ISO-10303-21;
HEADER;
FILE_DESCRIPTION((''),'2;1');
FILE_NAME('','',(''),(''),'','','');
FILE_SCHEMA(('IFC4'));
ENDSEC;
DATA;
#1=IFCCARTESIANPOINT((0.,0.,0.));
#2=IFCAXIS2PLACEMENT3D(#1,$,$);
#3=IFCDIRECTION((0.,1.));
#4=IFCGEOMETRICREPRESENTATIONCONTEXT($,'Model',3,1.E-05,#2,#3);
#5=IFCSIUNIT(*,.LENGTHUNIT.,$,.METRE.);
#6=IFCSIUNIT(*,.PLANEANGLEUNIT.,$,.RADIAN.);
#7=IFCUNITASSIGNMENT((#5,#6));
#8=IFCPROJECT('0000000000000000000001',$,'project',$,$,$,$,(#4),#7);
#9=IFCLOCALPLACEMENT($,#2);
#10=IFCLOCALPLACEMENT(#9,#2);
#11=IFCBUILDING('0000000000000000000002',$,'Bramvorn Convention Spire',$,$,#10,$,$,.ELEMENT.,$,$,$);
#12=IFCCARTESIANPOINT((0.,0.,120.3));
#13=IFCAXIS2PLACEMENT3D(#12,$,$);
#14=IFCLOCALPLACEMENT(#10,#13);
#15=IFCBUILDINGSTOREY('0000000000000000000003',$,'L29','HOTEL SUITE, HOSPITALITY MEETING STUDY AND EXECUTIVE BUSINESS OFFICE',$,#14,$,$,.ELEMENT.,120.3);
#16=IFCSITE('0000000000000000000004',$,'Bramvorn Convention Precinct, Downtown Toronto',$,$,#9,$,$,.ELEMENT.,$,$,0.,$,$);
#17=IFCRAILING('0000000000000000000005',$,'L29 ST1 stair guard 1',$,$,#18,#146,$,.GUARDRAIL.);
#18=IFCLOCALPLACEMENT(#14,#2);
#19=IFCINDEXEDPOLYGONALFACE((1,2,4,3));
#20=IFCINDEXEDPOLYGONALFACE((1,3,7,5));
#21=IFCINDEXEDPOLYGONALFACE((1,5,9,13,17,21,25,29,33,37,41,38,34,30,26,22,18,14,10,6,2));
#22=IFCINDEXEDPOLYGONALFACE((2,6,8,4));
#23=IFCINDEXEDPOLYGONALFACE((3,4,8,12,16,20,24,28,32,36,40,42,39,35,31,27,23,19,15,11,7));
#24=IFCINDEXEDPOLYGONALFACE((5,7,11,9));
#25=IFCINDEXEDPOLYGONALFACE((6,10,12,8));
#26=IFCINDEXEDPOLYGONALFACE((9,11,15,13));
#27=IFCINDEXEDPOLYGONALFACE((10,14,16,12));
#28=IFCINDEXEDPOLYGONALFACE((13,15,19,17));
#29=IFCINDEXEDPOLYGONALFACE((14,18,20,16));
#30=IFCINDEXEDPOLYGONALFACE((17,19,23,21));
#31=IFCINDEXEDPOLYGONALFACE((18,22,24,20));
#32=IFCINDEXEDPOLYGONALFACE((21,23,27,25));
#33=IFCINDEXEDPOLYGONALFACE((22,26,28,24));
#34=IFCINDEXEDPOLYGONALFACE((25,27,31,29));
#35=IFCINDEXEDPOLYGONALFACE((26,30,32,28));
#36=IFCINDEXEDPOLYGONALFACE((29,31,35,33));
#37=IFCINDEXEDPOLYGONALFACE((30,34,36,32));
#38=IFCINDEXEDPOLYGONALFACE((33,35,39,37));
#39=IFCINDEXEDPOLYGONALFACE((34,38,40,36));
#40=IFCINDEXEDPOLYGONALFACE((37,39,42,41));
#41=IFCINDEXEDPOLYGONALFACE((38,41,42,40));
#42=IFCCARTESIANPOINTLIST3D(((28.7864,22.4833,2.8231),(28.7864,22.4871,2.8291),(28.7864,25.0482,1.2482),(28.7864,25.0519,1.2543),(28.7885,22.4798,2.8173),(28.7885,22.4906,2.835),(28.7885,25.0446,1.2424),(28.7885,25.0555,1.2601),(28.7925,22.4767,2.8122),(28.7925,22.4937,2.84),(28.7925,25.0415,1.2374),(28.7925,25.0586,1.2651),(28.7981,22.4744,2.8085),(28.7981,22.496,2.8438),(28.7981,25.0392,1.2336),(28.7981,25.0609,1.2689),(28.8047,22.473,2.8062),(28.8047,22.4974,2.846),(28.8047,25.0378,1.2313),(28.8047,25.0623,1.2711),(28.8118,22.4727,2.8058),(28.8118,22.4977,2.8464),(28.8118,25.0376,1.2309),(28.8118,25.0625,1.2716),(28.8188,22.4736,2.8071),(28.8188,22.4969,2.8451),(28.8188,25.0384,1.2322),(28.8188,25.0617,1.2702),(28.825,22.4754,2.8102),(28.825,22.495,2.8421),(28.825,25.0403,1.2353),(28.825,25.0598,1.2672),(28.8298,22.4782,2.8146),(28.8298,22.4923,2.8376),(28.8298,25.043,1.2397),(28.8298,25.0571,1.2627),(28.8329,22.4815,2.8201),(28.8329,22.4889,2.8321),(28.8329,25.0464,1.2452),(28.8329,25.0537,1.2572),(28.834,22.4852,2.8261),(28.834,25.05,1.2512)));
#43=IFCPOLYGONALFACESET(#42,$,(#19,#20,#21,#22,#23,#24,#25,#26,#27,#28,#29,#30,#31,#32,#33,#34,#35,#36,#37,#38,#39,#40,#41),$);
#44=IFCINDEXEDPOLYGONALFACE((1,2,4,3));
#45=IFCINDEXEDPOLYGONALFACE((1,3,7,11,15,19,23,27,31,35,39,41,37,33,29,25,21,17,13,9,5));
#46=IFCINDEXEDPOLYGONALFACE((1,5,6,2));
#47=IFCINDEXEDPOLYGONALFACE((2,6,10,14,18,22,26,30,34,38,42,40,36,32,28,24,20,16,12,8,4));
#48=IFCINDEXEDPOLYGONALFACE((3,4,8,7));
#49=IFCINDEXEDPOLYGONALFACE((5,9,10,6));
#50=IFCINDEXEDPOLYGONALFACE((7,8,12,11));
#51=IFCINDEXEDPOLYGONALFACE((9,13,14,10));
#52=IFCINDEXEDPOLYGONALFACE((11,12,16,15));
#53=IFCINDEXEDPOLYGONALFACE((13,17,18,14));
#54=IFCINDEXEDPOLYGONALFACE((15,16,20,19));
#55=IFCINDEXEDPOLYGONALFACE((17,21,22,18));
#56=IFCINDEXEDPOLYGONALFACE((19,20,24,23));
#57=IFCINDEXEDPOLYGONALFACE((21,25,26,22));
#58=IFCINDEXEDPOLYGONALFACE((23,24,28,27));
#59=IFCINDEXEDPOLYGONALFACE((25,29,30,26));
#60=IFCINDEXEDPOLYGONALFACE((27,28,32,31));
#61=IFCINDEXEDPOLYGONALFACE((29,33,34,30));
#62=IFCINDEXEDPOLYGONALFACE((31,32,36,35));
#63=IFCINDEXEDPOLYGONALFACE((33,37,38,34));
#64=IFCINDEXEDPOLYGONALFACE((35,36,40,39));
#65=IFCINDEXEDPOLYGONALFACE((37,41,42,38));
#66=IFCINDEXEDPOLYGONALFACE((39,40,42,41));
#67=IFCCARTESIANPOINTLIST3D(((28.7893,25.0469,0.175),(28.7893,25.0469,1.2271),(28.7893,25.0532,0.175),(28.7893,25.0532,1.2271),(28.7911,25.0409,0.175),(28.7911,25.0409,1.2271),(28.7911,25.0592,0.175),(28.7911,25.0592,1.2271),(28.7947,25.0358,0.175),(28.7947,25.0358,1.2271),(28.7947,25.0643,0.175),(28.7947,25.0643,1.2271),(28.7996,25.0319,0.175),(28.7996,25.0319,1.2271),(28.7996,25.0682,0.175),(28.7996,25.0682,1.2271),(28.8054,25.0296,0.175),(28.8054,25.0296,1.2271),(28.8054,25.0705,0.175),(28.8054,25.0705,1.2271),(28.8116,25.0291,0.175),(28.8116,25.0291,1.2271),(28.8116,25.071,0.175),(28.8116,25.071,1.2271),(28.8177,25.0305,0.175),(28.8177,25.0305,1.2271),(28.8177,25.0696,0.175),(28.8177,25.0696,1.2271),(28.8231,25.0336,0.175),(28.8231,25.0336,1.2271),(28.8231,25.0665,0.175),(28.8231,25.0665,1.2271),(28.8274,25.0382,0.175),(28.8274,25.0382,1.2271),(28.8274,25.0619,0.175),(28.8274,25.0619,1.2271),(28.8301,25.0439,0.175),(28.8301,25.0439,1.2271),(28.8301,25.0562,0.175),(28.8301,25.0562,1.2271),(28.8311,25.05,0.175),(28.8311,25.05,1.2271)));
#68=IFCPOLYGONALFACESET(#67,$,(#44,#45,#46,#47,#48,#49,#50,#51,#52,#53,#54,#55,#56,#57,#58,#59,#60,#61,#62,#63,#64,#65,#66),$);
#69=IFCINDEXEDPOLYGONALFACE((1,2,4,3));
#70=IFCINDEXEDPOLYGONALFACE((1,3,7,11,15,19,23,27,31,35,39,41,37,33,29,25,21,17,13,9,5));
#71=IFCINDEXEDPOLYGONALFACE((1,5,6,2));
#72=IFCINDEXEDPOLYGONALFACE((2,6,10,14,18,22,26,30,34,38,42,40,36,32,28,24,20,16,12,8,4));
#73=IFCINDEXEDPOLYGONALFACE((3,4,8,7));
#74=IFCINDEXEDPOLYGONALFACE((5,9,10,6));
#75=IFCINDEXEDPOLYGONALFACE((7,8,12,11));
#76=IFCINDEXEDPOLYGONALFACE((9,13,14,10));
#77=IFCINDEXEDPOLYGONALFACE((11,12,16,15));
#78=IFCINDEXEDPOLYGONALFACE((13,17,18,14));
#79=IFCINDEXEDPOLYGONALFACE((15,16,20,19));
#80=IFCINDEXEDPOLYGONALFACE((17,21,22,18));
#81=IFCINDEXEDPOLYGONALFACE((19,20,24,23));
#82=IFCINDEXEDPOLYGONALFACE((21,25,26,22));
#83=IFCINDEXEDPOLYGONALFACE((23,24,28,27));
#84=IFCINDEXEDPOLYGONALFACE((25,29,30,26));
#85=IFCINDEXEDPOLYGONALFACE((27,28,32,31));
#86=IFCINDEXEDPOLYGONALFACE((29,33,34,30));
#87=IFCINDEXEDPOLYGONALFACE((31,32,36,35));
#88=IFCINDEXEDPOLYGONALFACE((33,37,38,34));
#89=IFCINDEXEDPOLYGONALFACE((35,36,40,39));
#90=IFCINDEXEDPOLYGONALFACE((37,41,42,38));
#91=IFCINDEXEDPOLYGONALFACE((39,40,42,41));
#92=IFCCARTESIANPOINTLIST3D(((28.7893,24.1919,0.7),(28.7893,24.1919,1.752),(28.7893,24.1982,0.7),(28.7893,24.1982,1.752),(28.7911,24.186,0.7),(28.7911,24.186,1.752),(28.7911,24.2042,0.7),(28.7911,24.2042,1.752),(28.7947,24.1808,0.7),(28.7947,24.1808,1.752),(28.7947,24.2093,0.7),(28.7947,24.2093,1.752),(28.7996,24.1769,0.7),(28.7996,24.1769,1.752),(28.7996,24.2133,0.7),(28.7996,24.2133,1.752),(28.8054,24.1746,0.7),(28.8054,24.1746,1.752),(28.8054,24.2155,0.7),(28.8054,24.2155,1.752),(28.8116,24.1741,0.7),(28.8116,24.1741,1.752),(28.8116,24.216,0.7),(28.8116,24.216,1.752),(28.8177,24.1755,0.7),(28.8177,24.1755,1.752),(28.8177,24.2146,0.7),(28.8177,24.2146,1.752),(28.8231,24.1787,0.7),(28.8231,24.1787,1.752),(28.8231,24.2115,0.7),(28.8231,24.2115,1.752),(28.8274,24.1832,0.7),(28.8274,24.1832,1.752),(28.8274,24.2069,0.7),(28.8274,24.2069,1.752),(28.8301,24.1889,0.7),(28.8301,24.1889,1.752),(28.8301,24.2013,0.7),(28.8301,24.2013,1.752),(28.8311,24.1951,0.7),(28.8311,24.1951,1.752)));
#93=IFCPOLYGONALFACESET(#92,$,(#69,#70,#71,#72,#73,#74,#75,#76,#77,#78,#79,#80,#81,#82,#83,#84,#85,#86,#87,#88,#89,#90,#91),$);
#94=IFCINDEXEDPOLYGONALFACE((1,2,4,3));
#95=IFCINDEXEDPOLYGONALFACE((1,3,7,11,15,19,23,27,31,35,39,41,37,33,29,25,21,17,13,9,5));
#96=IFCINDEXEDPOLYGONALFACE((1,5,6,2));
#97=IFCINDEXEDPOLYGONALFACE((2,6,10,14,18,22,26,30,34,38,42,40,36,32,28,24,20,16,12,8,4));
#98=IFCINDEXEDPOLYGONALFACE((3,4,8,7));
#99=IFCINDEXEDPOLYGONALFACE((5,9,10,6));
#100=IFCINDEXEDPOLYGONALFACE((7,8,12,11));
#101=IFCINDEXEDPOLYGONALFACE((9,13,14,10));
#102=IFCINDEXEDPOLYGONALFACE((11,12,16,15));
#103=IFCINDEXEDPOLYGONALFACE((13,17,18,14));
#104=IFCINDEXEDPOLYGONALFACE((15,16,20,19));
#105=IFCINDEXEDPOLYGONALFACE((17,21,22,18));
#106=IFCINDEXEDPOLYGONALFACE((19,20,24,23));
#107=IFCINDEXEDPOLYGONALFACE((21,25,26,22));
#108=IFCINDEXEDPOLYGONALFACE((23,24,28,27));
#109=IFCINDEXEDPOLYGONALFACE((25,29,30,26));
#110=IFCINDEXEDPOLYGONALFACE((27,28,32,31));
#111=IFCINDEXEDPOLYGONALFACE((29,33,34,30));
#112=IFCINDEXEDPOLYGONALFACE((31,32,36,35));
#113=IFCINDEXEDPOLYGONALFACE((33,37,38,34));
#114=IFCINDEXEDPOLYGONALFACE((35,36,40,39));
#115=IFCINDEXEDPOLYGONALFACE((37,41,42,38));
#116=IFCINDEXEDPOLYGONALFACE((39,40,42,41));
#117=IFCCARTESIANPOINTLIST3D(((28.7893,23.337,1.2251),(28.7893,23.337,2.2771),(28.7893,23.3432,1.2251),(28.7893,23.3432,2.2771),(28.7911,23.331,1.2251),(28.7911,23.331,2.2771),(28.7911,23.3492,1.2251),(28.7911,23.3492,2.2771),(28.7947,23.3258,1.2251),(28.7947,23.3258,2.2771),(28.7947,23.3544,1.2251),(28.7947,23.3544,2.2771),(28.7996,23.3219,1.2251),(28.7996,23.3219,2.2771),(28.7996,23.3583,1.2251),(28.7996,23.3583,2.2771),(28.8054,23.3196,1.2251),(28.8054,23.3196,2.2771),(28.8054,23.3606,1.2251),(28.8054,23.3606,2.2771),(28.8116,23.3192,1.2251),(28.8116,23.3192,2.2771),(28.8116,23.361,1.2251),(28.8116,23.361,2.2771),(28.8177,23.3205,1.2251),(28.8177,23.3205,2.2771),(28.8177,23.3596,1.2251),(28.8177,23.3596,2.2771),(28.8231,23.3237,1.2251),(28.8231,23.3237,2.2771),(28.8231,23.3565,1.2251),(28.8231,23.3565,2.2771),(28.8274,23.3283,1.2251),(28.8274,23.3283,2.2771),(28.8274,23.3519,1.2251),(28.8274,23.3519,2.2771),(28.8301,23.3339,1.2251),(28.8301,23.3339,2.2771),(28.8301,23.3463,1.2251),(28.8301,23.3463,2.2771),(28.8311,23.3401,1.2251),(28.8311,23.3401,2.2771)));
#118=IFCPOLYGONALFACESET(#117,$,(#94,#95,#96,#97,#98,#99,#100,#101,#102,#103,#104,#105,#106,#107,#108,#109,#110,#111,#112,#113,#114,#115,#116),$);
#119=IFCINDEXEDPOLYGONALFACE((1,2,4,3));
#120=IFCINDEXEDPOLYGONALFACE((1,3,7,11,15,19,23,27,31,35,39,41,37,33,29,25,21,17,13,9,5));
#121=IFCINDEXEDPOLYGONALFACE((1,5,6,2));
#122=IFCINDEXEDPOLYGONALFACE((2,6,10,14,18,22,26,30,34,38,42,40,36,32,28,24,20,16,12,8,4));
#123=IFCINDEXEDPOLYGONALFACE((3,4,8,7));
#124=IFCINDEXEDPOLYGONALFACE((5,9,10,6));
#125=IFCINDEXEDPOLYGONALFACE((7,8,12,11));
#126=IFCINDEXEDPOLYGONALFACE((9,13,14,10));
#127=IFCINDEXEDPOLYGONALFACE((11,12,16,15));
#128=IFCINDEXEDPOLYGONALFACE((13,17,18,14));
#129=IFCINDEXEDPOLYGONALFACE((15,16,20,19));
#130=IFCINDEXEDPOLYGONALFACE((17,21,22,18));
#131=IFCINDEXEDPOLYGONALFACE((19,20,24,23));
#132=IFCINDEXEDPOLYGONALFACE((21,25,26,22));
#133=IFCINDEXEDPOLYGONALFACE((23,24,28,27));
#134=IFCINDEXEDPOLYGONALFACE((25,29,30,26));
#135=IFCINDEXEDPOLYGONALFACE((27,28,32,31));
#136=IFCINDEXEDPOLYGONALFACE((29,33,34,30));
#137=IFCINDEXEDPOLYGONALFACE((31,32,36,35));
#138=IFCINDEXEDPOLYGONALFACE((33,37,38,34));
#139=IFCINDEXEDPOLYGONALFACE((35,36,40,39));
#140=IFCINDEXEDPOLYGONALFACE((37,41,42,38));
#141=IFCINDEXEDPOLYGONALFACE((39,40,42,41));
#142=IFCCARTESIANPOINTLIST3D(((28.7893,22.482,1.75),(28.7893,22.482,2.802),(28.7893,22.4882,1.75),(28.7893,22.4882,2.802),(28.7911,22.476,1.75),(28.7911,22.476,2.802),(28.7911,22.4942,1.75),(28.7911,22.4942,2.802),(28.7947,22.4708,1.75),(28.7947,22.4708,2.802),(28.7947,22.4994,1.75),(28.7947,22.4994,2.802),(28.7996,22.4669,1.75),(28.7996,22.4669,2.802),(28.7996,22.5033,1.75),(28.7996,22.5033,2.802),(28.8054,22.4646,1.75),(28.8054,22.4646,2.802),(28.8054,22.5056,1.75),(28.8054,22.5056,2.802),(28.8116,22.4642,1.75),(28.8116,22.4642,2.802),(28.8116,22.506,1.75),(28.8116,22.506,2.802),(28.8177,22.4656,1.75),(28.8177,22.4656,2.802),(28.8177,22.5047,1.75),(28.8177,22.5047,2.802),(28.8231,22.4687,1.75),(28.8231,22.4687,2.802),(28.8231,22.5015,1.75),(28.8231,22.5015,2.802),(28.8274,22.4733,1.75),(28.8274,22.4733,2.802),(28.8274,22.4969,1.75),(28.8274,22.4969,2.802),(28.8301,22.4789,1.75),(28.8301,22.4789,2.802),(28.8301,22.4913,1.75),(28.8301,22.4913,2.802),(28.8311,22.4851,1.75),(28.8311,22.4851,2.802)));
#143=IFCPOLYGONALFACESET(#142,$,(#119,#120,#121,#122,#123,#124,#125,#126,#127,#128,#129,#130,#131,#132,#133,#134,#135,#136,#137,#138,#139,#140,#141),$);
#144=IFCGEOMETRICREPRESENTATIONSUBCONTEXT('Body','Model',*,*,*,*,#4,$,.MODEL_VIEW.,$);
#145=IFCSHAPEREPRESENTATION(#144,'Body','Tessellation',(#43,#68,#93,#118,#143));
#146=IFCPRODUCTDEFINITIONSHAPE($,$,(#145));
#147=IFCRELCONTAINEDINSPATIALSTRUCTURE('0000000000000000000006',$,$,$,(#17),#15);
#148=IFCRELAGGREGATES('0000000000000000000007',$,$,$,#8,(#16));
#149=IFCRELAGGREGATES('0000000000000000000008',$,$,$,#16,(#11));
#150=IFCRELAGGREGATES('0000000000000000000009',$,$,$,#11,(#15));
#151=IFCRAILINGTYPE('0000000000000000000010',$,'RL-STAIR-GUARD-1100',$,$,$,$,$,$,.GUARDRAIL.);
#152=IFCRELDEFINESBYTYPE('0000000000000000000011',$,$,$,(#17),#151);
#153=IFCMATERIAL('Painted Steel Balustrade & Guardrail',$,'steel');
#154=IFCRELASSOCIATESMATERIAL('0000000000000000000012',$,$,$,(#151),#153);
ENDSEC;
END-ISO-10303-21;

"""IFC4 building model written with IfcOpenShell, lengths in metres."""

from ifc_helpers import new_model, si_unit, direction, frame, origin, origin_2d, place, context, subcontext, project, spatial, circle, extrude, material, type_object, element, save


model = new_model("IFC4")

# Units and contexts
model_context = context("Model", 3, precision=1e-05, world=origin(), true_north=direction((0.0, 1.0)))
body_context = subcontext(model_context, "Body", "Model", "MODEL_VIEW")
ifc_project = project(units=[si_unit("LENGTHUNIT", "METRE"), si_unit("PLANEANGLEUNIT", "RADIAN")], contexts=[model_context])

# Site, building, storey
site_placement = place(None, origin())
site = spatial("IfcSite", under=ifc_project, at=site_placement, Name="Bramvorn Convention Precinct, Downtown Toronto", CompositionType="ELEMENT", RefElevation=0.0)
building_placement = place(site_placement, origin())
building = spatial("IfcBuilding", under=site, at=building_placement, Name="Bramvorn Convention Spire", CompositionType="ELEMENT")
storey_placement = place(building_placement, frame((0.0, 0.0, 120.3)))
storey = spatial("IfcBuildingStorey", under=building, at=storey_placement, Name="L29", Description="HOTEL SUITE, HOSPITALITY MEETING STUDY AND EXECUTIVE BUSINESS OFFICE", CompositionType="ELEMENT", Elevation=120.3)

# Railing
ifc_material_1 = material(Name="Painted Steel Balustrade & Guardrail", Category="steel")
railing_type_1 = type_object("IfcRailingType", Name="RL-STAIR-GUARD-1100", PredefinedType="GUARDRAIL", material=ifc_material_1)
railing_1_placement = place(storey_placement, frame((28.8101, 25.05, 0.175)))
element("IfcRailing", 1, at=railing_1_placement, inside=storey, type_object=railing_type_1, Name="L29 ST1 stair guard 1", PredefinedType="GUARDRAIL", context=body_context, shape_type="SweptSolid", body=[
    extrude(circle(Radius=0.0239, at=origin_2d()), frame((0.0, 0.0, 1.0762), z_axis=(0.0, -0.852173, 0.52326), x_axis=(1.0, 0.0, 0.0)), (0.0, 0.0, 1.0), 3.0098),
    extrude(circle(Radius=0.021, at=origin_2d()), origin(), (0.0, 0.0, 1.0), 1.052),
    extrude(circle(Radius=0.021, at=origin_2d()), frame((0.0, -0.855, 0.5249)), (0.0, 0.0, 1.0), 1.052),
    extrude(circle(Radius=0.021, at=origin_2d()), frame((0.0, -1.71, 1.05)), (0.0, 0.0, 1.0), 1.052),
    extrude(circle(Radius=0.021, at=origin_2d()), frame((0.0, -2.5649, 1.575)), (0.0, 0.0, 1.0), 1.052),
])

save(model, "model.ifc")
